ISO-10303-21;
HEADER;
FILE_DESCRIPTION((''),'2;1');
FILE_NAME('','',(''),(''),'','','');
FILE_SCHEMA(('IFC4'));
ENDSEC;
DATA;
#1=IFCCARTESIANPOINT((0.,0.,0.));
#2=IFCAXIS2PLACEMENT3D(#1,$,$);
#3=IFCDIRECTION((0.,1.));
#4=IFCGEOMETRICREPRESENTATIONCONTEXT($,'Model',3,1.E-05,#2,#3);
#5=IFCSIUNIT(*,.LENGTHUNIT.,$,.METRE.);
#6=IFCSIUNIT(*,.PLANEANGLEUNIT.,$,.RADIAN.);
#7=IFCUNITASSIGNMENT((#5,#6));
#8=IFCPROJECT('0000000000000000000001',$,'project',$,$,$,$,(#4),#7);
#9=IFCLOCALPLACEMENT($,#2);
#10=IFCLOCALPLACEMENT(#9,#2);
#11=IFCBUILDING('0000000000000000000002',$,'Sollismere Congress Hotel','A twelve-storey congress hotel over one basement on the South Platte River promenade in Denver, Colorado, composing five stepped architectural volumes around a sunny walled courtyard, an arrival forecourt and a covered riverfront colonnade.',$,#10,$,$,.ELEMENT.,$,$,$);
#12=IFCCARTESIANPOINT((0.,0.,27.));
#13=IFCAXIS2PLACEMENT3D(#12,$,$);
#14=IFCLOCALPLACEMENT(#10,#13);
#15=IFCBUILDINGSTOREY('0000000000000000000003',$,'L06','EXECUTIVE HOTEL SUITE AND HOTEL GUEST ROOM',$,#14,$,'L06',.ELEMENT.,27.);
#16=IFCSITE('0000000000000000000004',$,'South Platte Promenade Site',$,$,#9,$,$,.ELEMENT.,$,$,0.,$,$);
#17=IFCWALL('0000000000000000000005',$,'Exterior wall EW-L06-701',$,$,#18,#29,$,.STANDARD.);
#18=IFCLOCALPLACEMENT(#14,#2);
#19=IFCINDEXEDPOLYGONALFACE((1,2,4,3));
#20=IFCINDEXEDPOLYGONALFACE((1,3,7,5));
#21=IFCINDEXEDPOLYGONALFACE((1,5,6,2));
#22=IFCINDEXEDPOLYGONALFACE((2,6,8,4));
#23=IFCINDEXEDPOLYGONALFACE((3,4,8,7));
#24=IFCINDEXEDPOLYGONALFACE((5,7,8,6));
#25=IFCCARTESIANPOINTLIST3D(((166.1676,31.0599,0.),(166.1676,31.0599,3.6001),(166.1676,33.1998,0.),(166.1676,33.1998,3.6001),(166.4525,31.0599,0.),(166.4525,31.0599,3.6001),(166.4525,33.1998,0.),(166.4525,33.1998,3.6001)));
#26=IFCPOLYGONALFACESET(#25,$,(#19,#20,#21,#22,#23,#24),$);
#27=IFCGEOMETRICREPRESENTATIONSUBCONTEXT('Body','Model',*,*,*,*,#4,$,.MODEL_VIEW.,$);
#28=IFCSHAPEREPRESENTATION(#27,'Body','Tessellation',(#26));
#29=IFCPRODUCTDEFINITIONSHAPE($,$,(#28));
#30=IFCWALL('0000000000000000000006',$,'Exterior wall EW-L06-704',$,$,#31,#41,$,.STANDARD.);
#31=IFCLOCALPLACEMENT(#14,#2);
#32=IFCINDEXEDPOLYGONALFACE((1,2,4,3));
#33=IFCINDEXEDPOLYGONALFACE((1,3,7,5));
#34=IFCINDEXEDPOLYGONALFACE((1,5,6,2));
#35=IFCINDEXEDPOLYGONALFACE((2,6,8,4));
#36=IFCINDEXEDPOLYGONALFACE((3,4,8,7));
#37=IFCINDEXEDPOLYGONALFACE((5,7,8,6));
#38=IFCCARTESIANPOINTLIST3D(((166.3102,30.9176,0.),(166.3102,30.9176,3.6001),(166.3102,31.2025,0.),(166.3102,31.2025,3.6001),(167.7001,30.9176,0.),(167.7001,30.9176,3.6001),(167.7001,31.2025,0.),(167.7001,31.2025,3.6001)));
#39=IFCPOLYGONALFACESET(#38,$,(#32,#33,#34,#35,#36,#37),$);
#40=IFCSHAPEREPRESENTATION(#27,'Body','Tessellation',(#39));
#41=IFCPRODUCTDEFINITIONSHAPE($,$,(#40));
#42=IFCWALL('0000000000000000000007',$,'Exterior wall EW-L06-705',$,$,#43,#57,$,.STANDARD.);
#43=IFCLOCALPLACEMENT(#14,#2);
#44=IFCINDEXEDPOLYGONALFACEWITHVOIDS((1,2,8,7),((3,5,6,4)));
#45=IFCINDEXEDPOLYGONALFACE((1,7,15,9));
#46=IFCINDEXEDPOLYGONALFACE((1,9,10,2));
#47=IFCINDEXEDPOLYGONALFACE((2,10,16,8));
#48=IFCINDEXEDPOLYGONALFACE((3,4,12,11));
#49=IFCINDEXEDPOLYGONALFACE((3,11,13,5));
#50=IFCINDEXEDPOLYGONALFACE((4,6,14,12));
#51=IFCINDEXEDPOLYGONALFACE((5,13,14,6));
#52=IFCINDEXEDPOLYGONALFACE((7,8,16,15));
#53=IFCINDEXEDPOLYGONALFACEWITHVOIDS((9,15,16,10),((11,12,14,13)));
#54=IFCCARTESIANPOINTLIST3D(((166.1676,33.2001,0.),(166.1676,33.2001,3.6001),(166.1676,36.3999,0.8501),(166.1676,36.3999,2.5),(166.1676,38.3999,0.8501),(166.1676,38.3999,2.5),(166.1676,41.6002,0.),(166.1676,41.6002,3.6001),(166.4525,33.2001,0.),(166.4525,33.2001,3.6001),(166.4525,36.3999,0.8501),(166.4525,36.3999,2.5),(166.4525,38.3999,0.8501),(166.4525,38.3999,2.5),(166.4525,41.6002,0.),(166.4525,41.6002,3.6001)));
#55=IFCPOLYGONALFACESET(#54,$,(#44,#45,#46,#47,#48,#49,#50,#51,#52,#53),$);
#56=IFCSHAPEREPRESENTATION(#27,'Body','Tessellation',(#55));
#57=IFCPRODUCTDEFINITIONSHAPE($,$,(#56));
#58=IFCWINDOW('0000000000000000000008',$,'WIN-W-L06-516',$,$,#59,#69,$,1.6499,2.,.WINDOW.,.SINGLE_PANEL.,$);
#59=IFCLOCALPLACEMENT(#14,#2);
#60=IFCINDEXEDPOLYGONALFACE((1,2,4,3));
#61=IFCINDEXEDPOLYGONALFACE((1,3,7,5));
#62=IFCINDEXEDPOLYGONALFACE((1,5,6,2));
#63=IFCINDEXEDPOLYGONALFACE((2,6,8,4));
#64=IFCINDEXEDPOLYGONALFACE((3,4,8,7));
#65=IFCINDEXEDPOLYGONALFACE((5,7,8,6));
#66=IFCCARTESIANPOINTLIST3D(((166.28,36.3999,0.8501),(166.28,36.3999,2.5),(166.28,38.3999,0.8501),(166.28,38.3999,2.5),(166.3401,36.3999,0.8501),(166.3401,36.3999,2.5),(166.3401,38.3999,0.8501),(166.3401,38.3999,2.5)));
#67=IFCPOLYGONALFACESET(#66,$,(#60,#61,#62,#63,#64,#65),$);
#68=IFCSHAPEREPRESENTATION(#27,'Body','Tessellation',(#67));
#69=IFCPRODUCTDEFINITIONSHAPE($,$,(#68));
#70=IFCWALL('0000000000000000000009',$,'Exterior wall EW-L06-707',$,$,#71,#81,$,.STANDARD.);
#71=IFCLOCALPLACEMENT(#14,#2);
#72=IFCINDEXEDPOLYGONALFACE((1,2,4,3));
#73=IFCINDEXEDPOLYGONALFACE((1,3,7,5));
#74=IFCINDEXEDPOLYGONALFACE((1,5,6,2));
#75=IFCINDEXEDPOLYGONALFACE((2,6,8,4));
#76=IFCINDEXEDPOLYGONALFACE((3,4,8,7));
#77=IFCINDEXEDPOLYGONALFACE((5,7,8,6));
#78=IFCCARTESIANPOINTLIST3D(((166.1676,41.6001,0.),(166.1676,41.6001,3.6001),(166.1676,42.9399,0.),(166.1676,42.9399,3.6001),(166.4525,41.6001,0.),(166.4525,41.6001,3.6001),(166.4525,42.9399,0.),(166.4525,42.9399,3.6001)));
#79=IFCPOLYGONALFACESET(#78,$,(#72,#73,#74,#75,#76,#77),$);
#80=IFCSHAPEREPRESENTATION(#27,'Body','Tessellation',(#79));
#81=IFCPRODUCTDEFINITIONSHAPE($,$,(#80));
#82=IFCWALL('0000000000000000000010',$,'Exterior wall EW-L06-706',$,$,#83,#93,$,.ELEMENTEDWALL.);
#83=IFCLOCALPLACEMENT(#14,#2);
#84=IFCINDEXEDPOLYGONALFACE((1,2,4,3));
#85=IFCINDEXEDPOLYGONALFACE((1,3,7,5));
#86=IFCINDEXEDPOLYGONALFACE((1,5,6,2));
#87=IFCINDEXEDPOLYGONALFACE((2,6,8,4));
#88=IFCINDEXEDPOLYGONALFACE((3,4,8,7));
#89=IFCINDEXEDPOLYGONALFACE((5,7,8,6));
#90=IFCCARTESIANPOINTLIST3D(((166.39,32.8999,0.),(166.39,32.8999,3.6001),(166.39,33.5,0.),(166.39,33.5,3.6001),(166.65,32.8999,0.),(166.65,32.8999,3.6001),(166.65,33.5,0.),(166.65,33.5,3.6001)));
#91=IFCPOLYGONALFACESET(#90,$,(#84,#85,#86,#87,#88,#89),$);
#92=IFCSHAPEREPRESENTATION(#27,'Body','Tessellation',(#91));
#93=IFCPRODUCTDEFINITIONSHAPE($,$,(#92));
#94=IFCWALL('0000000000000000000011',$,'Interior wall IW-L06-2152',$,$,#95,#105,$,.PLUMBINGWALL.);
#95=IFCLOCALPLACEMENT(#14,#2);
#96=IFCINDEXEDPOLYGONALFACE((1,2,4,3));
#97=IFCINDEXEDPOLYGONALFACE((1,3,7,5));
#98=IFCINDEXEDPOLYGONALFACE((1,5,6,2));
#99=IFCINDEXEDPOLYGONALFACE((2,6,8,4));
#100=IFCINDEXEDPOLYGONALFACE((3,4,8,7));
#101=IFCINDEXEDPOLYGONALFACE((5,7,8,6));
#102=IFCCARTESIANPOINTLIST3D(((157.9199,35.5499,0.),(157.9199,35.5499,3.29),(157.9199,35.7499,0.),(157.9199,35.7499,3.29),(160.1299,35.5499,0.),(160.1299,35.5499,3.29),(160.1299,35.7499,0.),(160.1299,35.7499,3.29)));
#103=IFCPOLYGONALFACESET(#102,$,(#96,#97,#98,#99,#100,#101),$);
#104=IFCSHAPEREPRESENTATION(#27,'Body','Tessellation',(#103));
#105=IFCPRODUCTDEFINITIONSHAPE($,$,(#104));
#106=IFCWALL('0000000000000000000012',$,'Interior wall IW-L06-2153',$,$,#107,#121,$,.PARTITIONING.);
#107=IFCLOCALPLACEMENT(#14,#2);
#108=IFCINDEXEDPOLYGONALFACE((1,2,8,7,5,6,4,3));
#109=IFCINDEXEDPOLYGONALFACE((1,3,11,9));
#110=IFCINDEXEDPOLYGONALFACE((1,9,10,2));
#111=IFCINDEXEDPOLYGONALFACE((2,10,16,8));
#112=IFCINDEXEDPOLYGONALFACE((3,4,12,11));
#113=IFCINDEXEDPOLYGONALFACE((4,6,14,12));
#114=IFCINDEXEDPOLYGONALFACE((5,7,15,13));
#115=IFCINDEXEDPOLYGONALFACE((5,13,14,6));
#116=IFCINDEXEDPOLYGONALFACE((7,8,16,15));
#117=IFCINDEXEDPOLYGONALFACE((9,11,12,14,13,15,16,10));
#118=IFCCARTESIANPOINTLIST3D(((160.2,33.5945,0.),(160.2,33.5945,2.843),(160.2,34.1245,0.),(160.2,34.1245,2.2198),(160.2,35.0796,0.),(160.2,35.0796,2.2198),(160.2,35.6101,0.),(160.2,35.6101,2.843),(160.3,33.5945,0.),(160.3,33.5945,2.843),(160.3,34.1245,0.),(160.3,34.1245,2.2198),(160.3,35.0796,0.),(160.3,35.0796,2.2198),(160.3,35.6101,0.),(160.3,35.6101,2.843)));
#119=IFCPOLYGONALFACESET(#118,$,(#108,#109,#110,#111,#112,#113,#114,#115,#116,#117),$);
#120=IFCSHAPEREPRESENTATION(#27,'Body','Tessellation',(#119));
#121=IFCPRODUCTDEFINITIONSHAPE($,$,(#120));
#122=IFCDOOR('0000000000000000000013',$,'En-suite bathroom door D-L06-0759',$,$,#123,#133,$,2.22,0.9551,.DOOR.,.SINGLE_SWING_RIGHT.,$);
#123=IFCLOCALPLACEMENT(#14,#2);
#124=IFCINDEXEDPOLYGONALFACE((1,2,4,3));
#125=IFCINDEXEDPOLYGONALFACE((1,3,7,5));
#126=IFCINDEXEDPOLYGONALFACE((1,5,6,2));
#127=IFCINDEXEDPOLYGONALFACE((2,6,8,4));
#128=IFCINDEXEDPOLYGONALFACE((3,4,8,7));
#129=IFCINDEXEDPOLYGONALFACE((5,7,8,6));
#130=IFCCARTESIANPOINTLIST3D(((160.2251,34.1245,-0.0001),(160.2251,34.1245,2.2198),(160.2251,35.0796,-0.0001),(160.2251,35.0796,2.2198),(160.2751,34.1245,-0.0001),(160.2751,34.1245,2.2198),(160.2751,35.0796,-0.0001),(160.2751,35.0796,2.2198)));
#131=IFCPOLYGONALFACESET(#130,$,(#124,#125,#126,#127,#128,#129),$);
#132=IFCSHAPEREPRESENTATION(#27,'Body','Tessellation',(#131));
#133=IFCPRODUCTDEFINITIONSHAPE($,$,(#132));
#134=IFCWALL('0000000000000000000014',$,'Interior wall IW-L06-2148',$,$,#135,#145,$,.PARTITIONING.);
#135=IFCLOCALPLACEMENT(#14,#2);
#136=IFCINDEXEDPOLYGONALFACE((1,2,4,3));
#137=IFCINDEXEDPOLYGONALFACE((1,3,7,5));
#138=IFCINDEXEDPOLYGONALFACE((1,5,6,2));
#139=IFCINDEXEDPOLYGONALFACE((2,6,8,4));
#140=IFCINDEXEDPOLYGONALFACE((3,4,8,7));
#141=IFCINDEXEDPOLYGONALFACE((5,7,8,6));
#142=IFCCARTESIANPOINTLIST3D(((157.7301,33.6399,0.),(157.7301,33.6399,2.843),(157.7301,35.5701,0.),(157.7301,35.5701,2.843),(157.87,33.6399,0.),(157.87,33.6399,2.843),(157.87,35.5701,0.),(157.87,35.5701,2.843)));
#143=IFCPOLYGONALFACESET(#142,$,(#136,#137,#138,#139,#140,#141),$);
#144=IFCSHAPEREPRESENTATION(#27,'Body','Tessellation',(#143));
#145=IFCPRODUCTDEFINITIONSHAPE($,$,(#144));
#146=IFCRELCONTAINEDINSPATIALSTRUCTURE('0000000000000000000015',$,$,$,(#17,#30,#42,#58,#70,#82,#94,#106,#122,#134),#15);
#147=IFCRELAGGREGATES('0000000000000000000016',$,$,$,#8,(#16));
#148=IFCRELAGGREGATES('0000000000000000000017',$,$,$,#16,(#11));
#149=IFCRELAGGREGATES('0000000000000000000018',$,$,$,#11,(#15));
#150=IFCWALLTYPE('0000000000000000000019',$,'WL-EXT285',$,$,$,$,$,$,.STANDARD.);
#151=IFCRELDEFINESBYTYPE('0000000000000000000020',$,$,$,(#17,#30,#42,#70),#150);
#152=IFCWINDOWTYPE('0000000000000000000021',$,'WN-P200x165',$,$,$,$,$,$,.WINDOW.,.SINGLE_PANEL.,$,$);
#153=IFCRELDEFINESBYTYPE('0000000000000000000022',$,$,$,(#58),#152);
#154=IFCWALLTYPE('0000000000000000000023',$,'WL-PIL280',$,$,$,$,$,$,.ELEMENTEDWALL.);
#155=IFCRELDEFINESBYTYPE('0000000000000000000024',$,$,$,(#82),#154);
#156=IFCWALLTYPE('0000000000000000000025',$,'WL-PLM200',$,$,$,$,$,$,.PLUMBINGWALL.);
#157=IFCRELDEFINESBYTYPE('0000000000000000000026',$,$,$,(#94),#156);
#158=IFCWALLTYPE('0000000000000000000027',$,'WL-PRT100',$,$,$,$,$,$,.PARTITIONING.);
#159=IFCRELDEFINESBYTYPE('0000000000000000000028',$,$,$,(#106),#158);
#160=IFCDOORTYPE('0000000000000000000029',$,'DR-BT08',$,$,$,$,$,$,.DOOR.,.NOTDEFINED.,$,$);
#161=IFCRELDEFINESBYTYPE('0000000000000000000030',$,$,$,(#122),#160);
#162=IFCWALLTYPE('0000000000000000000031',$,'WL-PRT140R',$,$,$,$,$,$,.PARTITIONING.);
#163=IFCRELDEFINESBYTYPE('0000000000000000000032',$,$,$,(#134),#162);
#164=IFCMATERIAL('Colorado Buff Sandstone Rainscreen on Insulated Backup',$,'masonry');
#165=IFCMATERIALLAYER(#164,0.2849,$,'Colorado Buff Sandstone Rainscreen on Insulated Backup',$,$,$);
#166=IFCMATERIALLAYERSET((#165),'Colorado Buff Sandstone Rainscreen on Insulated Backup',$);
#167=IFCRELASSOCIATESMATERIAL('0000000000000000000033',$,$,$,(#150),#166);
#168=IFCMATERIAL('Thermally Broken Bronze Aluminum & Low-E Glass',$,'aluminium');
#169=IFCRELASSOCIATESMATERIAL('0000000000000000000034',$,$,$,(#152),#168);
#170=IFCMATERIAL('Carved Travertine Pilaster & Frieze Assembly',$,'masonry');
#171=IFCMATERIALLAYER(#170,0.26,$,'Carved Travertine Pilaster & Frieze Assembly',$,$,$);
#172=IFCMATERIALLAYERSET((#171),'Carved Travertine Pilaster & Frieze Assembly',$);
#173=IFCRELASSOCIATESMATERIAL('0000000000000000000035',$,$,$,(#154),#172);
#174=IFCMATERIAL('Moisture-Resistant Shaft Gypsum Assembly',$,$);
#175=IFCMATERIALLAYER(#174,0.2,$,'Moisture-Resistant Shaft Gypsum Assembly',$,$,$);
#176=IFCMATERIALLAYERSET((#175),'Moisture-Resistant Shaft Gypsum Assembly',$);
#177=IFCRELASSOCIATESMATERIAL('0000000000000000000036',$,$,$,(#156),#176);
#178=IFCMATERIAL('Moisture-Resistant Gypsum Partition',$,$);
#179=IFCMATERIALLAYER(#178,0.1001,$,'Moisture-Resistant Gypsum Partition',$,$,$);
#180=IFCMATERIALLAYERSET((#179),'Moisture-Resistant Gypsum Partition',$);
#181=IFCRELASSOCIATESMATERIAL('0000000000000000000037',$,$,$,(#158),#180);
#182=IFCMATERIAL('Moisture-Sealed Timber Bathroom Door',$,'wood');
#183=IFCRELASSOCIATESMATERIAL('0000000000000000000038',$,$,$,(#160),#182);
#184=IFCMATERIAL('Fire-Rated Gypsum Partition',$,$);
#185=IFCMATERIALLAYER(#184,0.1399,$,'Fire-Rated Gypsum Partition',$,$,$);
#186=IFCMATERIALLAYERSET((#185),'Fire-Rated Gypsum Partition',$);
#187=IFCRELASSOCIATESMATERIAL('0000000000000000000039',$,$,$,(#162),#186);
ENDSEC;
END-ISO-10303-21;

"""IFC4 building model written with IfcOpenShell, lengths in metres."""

from ifc_helpers import new_model, si_unit, direction, frame, frame_2d, origin, place, context, subcontext, project, spatial, rectangle, extrude, material, layer, layer_set, type_object, element, fill, save


model = new_model("IFC4")

# Units and contexts
model_context = context("Model", 3, precision=1e-05, world=origin(), true_north=direction((0.0, 1.0)))
body_context = subcontext(model_context, "Body", "Model", "MODEL_VIEW")
ifc_project = project(units=[si_unit("LENGTHUNIT", "METRE"), si_unit("PLANEANGLEUNIT", "RADIAN")], contexts=[model_context])

# Site, building, storey
site_placement = place(None, origin())
site = spatial("IfcSite", under=ifc_project, at=site_placement, Name="South Platte Promenade Site", CompositionType="ELEMENT", RefElevation=0.0)
building_placement = place(site_placement, origin())
building = spatial("IfcBuilding", under=site, at=building_placement, Name="Sollismere Congress Hotel", Description="A twelve-storey congress hotel over one basement on the South Platte River promenade in Denver, Colorado, composing five stepped architectural volumes around a sunny walled courtyard, an arrival forecourt and a covered riverfront colonnade.", CompositionType="ELEMENT")
storey_placement = place(building_placement, frame((0.0, 0.0, 27.0)))
storey = spatial("IfcBuildingStorey", under=building, at=storey_placement, Name="L06", Description="EXECUTIVE HOTEL SUITE AND HOTEL GUEST ROOM", LongName="L06", CompositionType="ELEMENT", Elevation=27.0)

# Walls
ifc_material_1 = material(Name="Colorado Buff Sandstone Rainscreen on Insulated Backup", Category="masonry")
ifc_layer_1 = layer(ifc_material_1, 0.2849, Name="Colorado Buff Sandstone Rainscreen on Insulated Backup")
ifc_layer_set_1 = layer_set([ifc_layer_1], Name="Colorado Buff Sandstone Rainscreen on Insulated Backup")
wall_type_1 = type_object("IfcWallType", Name="WL-EXT285", PredefinedType="STANDARD", material=ifc_layer_set_1)
wall_1_placement = place(storey_placement, frame((166.3101, 31.0601, 0.0), z_axis=(0.0, 0.0, 1.0), x_axis=(0.0, 1.0, 0.0)))
element("IfcWall", 1, at=wall_1_placement, inside=storey, type_object=wall_type_1, Name="Exterior wall EW-L06-701", PredefinedType="STANDARD", context=body_context, shape_type="SweptSolid", body=[
    extrude(rectangle(XDim=2.1399, YDim=0.2849, at=frame_2d((1.0698, 0.0))), origin(), (0.0, 0.0, 1.0), 3.6001),
])
wall_2_placement = place(storey_placement, frame((167.7, 31.0601, 0.0), z_axis=(0.0, 0.0, 1.0), x_axis=(-1.0, 0.0, 0.0)))
element("IfcWall", 2, at=wall_2_placement, inside=storey, type_object=wall_type_1, Name="Exterior wall EW-L06-704", PredefinedType="STANDARD", context=body_context, shape_type="SweptSolid", body=[
    extrude(rectangle(XDim=1.3899, YDim=0.2849, at=frame_2d((0.6948, 0.0))), origin(), (0.0, 0.0, 1.0), 3.6001),
])

# Wall, opening, window
wall_3_placement = place(storey_placement, frame((166.3101, 33.2, 0.0), z_axis=(0.0, 0.0, 1.0), x_axis=(0.0, 1.0, 0.0)))
wall_3 = element("IfcWall", 3, at=wall_3_placement, inside=storey, type_object=wall_type_1, Name="Exterior wall EW-L06-705", PredefinedType="STANDARD", context=body_context, shape_type="SweptSolid", body=[
    extrude(rectangle(XDim=8.4001, YDim=0.2849, at=frame_2d((4.2002, 0.0))), origin(), (0.0, 0.0, 1.0), 3.6001),
])
opening_1_placement = place(wall_3_placement, frame((3.2, 0.0, 0.8501)))
opening_1 = element("IfcOpeningElement", 4, at=opening_1_placement, cuts=wall_3, PredefinedType="OPENING", context=body_context, shape_type="SweptSolid", body=[
    extrude(rectangle(XDim=2.0, YDim=1.6499, at=frame_2d((1.0, 0.825))), frame((0.0, 0.1523, 0.0), z_axis=(0.0, -1.0, 0.0), x_axis=(1.0, 0.0, 0.0)), (0.0, 0.0, 1.0), 0.3049),
])
ifc_material_2 = material(Name="Thermally Broken Bronze Aluminum & Low-E Glass", Category="aluminium")
window_type = type_object("IfcWindowType", Name="WN-P200x165", PartitioningType="SINGLE_PANEL", PredefinedType="WINDOW", material=ifc_material_2)
window_placement = place(opening_1_placement, origin())
window = element("IfcWindow", 5, at=window_placement, inside=storey, type_object=window_type, Name="WIN-W-L06-516", OverallHeight=1.6499, OverallWidth=2.0, PartitioningType="SINGLE_PANEL", PredefinedType="WINDOW", context=body_context, shape_type="SweptSolid", body=[
    extrude(rectangle(XDim=2.0, YDim=1.6499, at=frame_2d((1.0, 0.825))), frame((0.0, 0.03, 0.0), z_axis=(0.0, -1.0, 0.0), x_axis=(1.0, 0.0, 0.0)), (0.0, 0.0, 1.0), 0.0601),
])
fill(opening_1, window)

# Walls
wall_4_placement = place(storey_placement, frame((166.3101, 41.6001, 0.0), z_axis=(0.0, 0.0, 1.0), x_axis=(0.0, 1.0, 0.0)))
element("IfcWall", 6, at=wall_4_placement, inside=storey, type_object=wall_type_1, Name="Exterior wall EW-L06-707", PredefinedType="STANDARD", context=body_context, shape_type="SweptSolid", body=[
    extrude(rectangle(XDim=1.3398, YDim=0.2849, at=frame_2d((0.6699, 0.0))), origin(), (0.0, 0.0, 1.0), 3.6001),
])
ifc_material_3 = material(Name="Carved Travertine Pilaster & Frieze Assembly", Category="masonry")
ifc_layer_2 = layer(ifc_material_3, 0.26, Name="Carved Travertine Pilaster & Frieze Assembly")
ifc_layer_set_2 = layer_set([ifc_layer_2], Name="Carved Travertine Pilaster & Frieze Assembly")
wall_type_2 = type_object("IfcWallType", Name="WL-PIL280", PredefinedType="ELEMENTEDWALL", material=ifc_layer_set_2)
wall_5_placement = place(storey_placement, frame((166.52, 32.8999, 0.0), z_axis=(0.0, 0.0, 1.0), x_axis=(0.0, 1.0, 0.0)))
element("IfcWall", 7, at=wall_5_placement, inside=storey, type_object=wall_type_2, Name="Exterior wall EW-L06-706", PredefinedType="ELEMENTEDWALL", context=body_context, shape_type="SweptSolid", body=[
    extrude(rectangle(XDim=0.6001, YDim=0.26, at=frame_2d((0.3, 0.0))), origin(), (0.0, 0.0, 1.0), 3.6001),
])
ifc_material_4 = material(Name="Moisture-Resistant Shaft Gypsum Assembly")
ifc_layer_3 = layer(ifc_material_4, 0.2, Name="Moisture-Resistant Shaft Gypsum Assembly")
ifc_layer_set_3 = layer_set([ifc_layer_3], Name="Moisture-Resistant Shaft Gypsum Assembly")
wall_type_3 = type_object("IfcWallType", Name="WL-PLM200", PredefinedType="PLUMBINGWALL", material=ifc_layer_set_3)
wall_6_placement = place(storey_placement, frame((157.9199, 35.6499, 0.0), z_axis=(0.0, 0.0, 1.0), x_axis=(1.0, 0.0, 0.0)))
element("IfcWall", 8, at=wall_6_placement, inside=storey, type_object=wall_type_3, Name="Interior wall IW-L06-2152", PredefinedType="PLUMBINGWALL", context=body_context, shape_type="SweptSolid", body=[
    extrude(rectangle(XDim=2.21, YDim=0.2, at=frame_2d((1.105, 0.0))), origin(), (0.0, 0.0, 1.0), 3.29),
])

# Wall, opening, door
ifc_material_5 = material(Name="Moisture-Resistant Gypsum Partition")
ifc_layer_4 = layer(ifc_material_5, 0.1001, Name="Moisture-Resistant Gypsum Partition")
ifc_layer_set_4 = layer_set([ifc_layer_4], Name="Moisture-Resistant Gypsum Partition")
wall_type_4 = type_object("IfcWallType", Name="WL-PRT100", PredefinedType="PARTITIONING", material=ifc_layer_set_4)
wall_7_placement = place(storey_placement, frame((160.25, 33.5945, 0.0), z_axis=(0.0, 0.0, 1.0), x_axis=(0.0, 1.0, 0.0)))
wall_7 = element("IfcWall", 9, at=wall_7_placement, inside=storey, type_object=wall_type_4, Name="Interior wall IW-L06-2153", PredefinedType="PARTITIONING", context=body_context, shape_type="SweptSolid", body=[
    extrude(rectangle(XDim=2.0156, YDim=0.1001, at=frame_2d((1.0078, 0.0))), origin(), (0.0, 0.0, 1.0), 2.843),
])
opening_2_placement = place(wall_7_placement, frame((0.53, 0.0, 0.0)))
opening_2 = element("IfcOpeningElement", 10, at=opening_2_placement, cuts=wall_7, PredefinedType="OPENING", context=body_context, shape_type="SweptSolid", body=[
    extrude(rectangle(XDim=0.9551, YDim=2.22, at=frame_2d((0.4775, 1.1099))), frame((0.0, 0.0601, 0.0), z_axis=(0.0, -1.0, 0.0), x_axis=(1.0, 0.0, 0.0)), (0.0, 0.0, 1.0), 0.1201),
])
ifc_material_6 = material(Name="Moisture-Sealed Timber Bathroom Door", Category="wood")
door_type_1 = type_object("IfcDoorType", Name="DR-BT08", OperationType="NOTDEFINED", PredefinedType="DOOR", material=ifc_material_6)
door_1_placement = place(opening_2_placement, origin())
door_1 = element("IfcDoor", 11, at=door_1_placement, inside=storey, type_object=door_type_1, Name="En-suite bathroom door D-L06-0759", OperationType="SINGLE_SWING_RIGHT", OverallHeight=2.22, OverallWidth=0.9551, PredefinedType="DOOR", context=body_context, shape_type="SweptSolid", body=[
    extrude(rectangle(XDim=0.9551, YDim=2.22, at=frame_2d((0.4775, 1.1099))), frame((0.0, 0.0249, 0.0), z_axis=(0.0, -1.0, 0.0), x_axis=(1.0, 0.0, 0.0)), (0.0, 0.0, 1.0), 0.05),
])
fill(opening_2, door_1)

# Wall
ifc_material_7 = material(Name="Fire-Rated Gypsum Partition")
ifc_layer_5 = layer(ifc_material_7, 0.1399, Name="Fire-Rated Gypsum Partition")
ifc_layer_set_5 = layer_set([ifc_layer_5], Name="Fire-Rated Gypsum Partition")
wall_type_5 = type_object("IfcWallType", Name="WL-PRT140R", PredefinedType="PARTITIONING", material=ifc_layer_set_5)
wall_8_placement = place(storey_placement, frame((157.8, 33.6399, 0.0), z_axis=(0.0, 0.0, 1.0), x_axis=(0.0, 1.0, 0.0)))
element("IfcWall", 12, at=wall_8_placement, inside=storey, type_object=wall_type_5, Name="Interior wall IW-L06-2148", PredefinedType="PARTITIONING", context=body_context, shape_type="SweptSolid", body=[
    extrude(rectangle(XDim=1.9302, YDim=0.1399, at=frame_2d((0.9651, 0.0))), origin(), (0.0, 0.0, 1.0), 2.843),
])

save(model, "model.ifc")
